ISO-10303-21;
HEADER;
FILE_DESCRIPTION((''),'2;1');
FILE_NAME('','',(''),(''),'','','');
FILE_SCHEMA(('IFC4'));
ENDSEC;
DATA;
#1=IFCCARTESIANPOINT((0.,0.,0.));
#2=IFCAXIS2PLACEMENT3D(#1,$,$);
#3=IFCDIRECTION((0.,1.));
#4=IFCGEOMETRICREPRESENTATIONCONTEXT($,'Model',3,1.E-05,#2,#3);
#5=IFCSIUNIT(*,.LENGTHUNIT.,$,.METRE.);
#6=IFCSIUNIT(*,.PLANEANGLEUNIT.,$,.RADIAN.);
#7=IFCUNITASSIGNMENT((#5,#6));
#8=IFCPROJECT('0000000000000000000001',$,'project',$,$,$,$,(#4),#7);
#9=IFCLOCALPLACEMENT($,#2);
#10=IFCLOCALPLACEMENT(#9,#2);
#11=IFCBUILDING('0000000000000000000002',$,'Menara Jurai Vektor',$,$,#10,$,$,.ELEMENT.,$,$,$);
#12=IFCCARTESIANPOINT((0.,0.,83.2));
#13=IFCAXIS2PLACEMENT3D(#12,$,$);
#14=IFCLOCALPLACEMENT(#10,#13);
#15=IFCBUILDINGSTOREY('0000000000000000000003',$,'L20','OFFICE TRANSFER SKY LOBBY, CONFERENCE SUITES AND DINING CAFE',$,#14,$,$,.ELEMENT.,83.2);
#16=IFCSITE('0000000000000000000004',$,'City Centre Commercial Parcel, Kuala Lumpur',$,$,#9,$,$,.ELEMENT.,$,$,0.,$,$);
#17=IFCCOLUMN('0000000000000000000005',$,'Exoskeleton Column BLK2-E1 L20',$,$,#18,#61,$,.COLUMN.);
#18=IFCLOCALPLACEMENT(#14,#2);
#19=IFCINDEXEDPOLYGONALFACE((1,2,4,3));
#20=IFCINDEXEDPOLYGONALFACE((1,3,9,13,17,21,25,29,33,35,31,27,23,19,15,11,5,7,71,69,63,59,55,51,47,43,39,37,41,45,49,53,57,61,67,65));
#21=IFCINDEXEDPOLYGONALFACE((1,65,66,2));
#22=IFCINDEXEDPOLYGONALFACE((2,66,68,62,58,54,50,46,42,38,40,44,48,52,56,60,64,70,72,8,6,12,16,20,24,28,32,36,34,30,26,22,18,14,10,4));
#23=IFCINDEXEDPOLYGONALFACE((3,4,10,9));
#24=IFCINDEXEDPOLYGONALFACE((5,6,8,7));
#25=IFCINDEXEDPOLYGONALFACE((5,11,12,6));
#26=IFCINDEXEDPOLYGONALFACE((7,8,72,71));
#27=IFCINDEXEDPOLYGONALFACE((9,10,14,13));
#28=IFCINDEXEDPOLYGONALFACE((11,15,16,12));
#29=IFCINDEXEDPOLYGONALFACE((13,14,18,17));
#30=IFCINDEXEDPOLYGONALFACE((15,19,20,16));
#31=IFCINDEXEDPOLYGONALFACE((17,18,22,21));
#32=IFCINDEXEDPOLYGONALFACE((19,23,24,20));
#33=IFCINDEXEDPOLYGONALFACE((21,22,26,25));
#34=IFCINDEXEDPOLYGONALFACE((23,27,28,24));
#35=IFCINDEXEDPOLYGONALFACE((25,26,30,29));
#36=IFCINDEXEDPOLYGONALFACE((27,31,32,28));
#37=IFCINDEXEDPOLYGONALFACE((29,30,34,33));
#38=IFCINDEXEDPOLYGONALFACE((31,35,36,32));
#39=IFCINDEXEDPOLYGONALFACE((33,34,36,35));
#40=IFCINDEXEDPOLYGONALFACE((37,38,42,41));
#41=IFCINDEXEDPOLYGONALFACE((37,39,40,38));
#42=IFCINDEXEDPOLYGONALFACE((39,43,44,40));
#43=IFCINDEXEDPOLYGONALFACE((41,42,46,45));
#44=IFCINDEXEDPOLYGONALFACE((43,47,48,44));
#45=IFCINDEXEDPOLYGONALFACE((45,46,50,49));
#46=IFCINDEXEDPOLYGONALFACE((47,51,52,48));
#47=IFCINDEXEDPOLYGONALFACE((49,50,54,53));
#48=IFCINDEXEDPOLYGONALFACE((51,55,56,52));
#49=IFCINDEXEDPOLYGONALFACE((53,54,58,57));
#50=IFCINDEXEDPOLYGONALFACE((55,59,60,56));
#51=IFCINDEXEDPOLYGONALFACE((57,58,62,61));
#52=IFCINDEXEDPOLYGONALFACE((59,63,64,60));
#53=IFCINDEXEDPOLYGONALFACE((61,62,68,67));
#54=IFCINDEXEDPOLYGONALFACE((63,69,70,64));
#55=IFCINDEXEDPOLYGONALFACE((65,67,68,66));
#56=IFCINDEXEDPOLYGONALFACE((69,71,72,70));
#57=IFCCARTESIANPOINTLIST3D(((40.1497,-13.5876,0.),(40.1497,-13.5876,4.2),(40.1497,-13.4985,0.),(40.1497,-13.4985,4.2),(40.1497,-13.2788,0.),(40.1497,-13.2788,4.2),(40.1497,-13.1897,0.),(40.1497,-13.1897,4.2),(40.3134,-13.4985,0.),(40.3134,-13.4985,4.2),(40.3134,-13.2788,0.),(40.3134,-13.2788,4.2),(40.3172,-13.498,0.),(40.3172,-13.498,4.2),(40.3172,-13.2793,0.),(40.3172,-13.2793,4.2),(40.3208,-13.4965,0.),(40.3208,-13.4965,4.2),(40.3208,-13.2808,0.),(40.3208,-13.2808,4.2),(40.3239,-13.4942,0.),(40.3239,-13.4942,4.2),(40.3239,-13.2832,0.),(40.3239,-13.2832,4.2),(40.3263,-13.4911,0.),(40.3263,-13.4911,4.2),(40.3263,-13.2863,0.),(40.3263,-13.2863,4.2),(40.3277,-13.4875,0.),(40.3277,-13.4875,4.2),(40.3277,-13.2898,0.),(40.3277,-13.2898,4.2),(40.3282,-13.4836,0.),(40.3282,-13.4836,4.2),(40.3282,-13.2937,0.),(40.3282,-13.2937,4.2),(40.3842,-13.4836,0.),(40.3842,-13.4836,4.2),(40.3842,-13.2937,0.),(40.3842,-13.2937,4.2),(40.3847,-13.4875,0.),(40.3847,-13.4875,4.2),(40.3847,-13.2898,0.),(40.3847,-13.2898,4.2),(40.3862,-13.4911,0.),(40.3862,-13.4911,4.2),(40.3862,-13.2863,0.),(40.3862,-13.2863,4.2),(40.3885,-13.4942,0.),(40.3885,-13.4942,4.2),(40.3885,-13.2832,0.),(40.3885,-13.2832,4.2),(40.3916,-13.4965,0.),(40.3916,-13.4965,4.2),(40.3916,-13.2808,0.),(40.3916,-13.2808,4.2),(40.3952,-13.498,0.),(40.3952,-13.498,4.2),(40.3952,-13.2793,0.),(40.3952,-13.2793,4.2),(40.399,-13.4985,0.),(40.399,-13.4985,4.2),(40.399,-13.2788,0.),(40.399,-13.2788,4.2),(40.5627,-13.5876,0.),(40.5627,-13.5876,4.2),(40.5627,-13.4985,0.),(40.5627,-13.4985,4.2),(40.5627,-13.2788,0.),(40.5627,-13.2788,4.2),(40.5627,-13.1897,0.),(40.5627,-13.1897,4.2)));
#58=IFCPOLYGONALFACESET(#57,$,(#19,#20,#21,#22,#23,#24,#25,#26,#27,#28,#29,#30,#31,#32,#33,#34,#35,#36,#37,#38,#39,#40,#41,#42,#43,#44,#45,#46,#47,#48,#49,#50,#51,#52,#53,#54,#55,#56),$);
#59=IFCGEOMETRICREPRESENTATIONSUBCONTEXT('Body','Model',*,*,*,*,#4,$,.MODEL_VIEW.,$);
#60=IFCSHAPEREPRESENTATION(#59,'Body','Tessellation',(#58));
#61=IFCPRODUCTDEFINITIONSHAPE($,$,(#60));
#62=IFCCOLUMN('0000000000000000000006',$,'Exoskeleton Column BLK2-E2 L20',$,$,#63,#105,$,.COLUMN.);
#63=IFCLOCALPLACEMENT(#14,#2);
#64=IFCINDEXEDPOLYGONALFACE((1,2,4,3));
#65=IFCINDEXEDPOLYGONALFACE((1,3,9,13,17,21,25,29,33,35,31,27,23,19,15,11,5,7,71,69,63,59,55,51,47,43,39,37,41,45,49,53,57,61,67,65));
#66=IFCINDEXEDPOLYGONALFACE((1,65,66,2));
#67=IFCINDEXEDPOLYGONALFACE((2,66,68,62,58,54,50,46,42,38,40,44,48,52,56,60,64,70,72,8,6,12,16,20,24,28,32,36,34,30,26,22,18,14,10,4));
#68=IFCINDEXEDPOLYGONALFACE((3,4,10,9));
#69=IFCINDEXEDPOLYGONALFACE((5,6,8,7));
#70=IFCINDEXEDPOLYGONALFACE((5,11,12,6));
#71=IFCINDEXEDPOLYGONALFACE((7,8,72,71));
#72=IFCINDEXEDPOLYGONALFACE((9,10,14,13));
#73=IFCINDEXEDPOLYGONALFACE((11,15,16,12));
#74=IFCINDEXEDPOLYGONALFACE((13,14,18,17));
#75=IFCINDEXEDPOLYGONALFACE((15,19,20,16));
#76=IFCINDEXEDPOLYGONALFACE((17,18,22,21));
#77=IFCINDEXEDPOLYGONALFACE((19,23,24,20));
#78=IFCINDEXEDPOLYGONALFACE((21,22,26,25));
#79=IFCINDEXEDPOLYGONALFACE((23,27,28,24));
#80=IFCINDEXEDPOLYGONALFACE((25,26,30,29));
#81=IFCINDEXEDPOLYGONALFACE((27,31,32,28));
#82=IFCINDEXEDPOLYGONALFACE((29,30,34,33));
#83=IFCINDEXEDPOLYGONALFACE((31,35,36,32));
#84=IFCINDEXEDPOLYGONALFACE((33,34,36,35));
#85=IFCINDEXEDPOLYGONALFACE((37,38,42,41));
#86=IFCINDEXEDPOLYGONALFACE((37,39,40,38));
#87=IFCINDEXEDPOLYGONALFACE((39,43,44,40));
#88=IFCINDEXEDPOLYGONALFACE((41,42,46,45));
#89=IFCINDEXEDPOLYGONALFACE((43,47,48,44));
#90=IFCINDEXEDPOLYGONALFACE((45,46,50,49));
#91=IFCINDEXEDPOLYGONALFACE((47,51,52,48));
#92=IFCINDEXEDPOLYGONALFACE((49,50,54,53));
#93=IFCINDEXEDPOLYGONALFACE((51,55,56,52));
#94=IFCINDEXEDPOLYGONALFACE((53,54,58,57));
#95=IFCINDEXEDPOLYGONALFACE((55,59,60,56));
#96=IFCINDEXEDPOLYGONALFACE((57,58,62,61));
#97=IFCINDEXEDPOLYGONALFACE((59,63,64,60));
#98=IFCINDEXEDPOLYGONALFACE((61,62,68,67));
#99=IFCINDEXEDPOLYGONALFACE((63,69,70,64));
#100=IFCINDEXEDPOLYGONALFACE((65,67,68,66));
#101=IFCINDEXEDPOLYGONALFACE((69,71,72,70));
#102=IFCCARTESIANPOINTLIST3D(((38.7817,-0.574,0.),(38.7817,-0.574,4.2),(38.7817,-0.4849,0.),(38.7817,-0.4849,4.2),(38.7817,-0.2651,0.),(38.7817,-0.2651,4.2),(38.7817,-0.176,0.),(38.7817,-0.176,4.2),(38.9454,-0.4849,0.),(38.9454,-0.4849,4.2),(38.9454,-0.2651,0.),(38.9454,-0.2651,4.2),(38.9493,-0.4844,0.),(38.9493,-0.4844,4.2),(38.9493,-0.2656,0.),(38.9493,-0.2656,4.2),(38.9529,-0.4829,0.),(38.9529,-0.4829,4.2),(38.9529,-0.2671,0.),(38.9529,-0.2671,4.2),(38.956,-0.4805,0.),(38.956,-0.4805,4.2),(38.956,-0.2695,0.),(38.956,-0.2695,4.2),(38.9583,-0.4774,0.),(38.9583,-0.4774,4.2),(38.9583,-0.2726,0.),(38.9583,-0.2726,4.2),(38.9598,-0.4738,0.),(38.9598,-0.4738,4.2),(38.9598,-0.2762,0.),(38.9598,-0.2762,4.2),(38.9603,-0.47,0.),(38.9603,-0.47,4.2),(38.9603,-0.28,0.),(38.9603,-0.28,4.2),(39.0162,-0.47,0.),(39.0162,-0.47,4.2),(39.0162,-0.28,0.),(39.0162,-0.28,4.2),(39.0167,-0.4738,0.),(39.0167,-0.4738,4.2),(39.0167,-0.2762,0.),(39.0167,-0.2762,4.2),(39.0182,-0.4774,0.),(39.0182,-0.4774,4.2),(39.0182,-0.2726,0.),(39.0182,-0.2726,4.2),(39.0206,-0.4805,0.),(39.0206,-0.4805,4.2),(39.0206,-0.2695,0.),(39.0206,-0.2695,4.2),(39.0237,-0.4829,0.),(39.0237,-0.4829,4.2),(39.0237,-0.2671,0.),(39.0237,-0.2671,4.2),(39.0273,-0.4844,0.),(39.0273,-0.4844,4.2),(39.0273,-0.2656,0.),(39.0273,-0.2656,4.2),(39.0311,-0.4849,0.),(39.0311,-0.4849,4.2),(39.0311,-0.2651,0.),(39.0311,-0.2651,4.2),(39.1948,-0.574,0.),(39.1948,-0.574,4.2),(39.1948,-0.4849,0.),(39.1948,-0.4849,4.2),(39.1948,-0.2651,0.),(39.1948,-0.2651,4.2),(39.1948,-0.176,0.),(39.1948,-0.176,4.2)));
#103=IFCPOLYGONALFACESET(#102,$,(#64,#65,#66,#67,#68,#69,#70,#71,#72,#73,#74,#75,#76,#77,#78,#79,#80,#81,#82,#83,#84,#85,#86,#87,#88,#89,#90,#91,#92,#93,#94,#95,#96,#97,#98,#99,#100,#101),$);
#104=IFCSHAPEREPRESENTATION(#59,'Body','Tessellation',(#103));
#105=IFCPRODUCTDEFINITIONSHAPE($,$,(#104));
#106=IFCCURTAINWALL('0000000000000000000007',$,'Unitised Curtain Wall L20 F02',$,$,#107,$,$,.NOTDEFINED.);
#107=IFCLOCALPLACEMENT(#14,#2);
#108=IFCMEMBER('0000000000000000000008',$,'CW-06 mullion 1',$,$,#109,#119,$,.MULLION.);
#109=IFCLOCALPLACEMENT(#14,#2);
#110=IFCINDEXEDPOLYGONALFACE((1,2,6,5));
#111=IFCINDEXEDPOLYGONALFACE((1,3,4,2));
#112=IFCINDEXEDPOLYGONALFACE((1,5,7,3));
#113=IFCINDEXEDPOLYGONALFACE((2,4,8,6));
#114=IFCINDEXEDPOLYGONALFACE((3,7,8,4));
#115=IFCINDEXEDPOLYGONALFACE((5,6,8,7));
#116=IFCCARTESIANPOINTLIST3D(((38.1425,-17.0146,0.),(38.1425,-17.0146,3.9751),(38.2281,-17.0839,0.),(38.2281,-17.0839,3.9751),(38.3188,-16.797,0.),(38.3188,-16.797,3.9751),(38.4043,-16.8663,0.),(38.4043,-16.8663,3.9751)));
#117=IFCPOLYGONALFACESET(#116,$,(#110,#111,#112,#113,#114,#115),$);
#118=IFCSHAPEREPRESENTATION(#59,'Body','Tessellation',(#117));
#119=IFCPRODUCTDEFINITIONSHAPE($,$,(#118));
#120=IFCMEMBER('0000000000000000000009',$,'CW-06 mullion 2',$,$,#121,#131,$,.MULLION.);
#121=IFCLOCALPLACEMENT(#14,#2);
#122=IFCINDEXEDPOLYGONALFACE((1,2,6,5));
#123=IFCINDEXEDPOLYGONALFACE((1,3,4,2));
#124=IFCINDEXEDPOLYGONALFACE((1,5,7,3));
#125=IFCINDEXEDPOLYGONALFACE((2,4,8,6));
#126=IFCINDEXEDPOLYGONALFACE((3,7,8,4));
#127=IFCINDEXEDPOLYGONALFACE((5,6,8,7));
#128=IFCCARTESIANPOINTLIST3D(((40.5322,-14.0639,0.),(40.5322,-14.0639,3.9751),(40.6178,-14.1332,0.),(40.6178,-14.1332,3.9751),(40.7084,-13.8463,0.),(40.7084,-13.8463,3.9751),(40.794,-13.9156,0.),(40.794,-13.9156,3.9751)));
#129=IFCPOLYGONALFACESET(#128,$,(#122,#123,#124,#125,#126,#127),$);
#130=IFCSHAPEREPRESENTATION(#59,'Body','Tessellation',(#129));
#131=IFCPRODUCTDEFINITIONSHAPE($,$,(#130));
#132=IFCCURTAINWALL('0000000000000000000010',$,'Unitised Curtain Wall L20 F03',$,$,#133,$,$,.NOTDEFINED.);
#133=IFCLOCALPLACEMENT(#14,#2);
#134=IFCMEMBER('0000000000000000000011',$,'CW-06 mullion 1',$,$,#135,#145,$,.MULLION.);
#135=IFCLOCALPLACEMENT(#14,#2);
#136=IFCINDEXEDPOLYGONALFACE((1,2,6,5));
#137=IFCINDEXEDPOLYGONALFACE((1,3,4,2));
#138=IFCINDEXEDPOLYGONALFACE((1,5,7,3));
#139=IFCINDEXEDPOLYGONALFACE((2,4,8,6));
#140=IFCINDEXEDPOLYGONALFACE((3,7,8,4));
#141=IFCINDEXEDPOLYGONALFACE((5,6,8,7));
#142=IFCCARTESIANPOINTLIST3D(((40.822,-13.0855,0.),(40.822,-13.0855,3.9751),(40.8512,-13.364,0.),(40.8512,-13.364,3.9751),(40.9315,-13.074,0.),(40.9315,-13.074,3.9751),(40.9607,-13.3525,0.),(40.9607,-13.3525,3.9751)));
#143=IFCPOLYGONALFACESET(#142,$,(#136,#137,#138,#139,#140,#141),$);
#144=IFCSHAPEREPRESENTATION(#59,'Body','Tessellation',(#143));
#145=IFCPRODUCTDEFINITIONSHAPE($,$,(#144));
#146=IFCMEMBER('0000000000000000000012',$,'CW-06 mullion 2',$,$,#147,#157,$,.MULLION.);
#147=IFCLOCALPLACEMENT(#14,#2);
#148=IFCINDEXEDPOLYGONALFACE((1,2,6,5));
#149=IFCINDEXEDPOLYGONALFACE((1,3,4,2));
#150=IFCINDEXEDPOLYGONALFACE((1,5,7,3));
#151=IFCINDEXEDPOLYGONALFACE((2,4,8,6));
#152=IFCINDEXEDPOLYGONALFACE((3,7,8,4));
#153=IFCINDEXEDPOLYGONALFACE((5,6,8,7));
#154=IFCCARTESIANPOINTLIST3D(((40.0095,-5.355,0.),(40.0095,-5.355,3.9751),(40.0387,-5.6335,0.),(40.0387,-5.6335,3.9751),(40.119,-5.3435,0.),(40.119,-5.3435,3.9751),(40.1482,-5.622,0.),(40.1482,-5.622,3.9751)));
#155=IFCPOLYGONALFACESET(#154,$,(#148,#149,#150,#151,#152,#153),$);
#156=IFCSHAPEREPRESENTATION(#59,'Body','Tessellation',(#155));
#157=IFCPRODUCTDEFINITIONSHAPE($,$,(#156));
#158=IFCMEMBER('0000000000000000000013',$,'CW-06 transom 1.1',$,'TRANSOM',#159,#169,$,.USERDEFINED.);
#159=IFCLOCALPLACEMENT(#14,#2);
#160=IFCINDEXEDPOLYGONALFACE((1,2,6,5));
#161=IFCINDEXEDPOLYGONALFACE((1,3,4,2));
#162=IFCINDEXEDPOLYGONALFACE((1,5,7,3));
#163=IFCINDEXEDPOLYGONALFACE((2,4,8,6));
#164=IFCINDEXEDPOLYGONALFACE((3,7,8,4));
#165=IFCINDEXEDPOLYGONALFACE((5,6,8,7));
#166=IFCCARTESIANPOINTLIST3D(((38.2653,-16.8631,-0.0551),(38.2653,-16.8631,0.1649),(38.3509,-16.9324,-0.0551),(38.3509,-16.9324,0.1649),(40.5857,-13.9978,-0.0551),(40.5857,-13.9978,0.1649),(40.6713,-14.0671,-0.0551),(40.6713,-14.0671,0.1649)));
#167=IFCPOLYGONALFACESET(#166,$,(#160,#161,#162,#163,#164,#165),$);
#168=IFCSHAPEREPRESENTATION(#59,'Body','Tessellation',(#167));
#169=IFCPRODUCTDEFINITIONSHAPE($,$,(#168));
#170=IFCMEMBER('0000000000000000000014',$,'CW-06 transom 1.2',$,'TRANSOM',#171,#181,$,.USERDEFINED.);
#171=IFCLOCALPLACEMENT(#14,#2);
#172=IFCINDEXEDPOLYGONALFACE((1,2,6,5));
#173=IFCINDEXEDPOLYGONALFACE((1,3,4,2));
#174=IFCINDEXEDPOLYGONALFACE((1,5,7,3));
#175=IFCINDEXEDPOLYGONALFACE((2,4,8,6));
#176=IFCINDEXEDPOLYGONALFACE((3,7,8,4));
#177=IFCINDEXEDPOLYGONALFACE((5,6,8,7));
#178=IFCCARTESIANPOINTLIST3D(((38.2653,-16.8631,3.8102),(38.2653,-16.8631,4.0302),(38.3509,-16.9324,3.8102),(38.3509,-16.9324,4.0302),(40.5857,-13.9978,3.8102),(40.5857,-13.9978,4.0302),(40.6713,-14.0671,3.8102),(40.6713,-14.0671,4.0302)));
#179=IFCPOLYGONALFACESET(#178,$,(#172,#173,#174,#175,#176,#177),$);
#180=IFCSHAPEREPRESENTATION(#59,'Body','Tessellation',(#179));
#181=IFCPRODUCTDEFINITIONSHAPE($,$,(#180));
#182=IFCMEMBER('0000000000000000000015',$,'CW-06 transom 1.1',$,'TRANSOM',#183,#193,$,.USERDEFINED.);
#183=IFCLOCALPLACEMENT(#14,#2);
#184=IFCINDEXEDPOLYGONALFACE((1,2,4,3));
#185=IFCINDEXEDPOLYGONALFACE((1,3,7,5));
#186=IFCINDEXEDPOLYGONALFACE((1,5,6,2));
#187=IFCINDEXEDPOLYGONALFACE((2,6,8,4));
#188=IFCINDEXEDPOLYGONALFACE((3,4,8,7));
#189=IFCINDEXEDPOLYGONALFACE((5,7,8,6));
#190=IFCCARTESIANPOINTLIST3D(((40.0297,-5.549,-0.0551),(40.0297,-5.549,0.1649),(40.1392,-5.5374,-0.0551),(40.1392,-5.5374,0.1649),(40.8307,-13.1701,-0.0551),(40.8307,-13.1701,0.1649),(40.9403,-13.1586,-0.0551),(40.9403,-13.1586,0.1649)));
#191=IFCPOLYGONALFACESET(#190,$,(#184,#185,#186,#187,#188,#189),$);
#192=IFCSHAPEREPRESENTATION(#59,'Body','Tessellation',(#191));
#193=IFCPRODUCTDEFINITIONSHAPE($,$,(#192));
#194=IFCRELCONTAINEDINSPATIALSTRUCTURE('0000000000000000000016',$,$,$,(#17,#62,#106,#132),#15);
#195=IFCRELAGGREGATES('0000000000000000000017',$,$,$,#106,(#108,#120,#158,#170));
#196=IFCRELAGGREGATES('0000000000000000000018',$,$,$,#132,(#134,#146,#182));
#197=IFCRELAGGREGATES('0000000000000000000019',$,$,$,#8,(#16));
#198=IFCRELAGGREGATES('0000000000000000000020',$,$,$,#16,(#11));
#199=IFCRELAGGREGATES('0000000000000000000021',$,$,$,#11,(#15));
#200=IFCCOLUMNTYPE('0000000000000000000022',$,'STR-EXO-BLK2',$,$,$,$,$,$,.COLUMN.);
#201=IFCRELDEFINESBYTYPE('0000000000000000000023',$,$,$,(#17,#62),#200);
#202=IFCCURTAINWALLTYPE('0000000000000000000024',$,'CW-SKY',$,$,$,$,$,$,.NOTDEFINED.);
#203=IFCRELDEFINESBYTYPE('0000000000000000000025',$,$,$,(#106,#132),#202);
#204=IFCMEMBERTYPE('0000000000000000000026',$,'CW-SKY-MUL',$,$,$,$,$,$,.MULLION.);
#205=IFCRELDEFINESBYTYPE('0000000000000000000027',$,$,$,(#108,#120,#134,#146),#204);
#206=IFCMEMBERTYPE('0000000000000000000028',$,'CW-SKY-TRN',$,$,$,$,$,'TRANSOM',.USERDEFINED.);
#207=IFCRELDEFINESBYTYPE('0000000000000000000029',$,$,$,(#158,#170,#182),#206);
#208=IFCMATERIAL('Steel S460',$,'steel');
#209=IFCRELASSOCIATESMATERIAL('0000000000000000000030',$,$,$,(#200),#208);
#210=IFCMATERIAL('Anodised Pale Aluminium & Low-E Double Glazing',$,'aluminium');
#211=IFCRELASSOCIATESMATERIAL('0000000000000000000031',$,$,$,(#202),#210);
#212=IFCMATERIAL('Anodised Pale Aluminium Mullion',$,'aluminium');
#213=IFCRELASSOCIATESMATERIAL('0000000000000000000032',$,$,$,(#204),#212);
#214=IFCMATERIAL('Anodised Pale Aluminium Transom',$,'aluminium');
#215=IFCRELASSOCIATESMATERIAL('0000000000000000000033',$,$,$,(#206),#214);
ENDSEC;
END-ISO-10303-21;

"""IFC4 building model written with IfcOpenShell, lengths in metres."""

from ifc_helpers import new_model, si_unit, direction, frame, origin, origin_2d, place, context, subcontext, project, spatial, rectangle, i_section, extrude, material, material_profile, profile_set, type_object, element, aggregate, save


model = new_model("IFC4")

# Units and contexts
model_context = context("Model", 3, precision=1e-05, world=origin(), true_north=direction((0.0, 1.0)))
body_context = subcontext(model_context, "Body", "Model", "MODEL_VIEW")
ifc_project = project(units=[si_unit("LENGTHUNIT", "METRE"), si_unit("PLANEANGLEUNIT", "RADIAN")], contexts=[model_context])

# Site, building, storey
site_placement = place(None, origin())
site = spatial("IfcSite", under=ifc_project, at=site_placement, Name="City Centre Commercial Parcel, Kuala Lumpur", CompositionType="ELEMENT", RefElevation=0.0)
building_placement = place(site_placement, origin())
building = spatial("IfcBuilding", under=site, at=building_placement, Name="Menara Jurai Vektor", CompositionType="ELEMENT")
storey_placement = place(building_placement, frame((0.0, 0.0, 83.2)))
storey = spatial("IfcBuildingStorey", under=building, at=storey_placement, Name="L20", Description="OFFICE TRANSFER SKY LOBBY, CONFERENCE SUITES AND DINING CAFE", CompositionType="ELEMENT", Elevation=83.2)

# Columns
ifc_material_1 = material(Name="Steel S460", Category="steel")
ifc_material_profile_1 = material_profile(ifc_material_1, i_section(OverallWidth=0.4131, OverallDepth=0.3979, WebThickness=0.0559, FlangeThickness=0.0891, FilletRadius=0.0149, at=origin_2d()), Name="HD 400x744")
ifc_profile_set_1 = profile_set([ifc_material_profile_1], Name="Steel S460")
column_type = type_object("IfcColumnType", Name="STR-EXO-BLK2", PredefinedType="COLUMN", material=ifc_profile_set_1)
for number, where, z_axis, x_axis, name in (
    (1, (40.3562, -13.3887, 0.0), (0.0, 0.0, 1.0), (1.0, 0.0, 0.0), "Exoskeleton Column BLK2-E1 L20"),
    (2, (38.9883, -0.375, 0.0), (0.0, 0.0, 1.0), (1.0, 0.0, 0.0), "Exoskeleton Column BLK2-E2 L20"),
):
    element("IfcColumn", number, at=place(storey_placement, frame(where, z_axis=z_axis, x_axis=x_axis)), inside=storey, type_object=column_type, Name=name, PredefinedType="COLUMN", context=body_context, shape_type="SweptSolid", body=[
        extrude(i_section(OverallWidth=0.4131, OverallDepth=0.3979, WebThickness=0.0559, FlangeThickness=0.0891, FilletRadius=0.0149, at=origin_2d()), origin(), (0.0, 0.0, 1.0), 4.2),
    ])

# Curtain walls, members
ifc_material_2 = material(Name="Anodised Pale Aluminium & Low-E Double Glazing", Category="aluminium")
curtain_wall_type = type_object("IfcCurtainWallType", Name="CW-SKY", PredefinedType="NOTDEFINED", material=ifc_material_2)
curtain_wall_1_placement = place(storey_placement, origin())
curtain_wall_1 = element("IfcCurtainWall", 3, at=curtain_wall_1_placement, inside=storey, type_object=curtain_wall_type, Name="Unitised Curtain Wall L20 F02", PredefinedType="NOTDEFINED")
ifc_material_3 = material(Name="Anodised Pale Aluminium Mullion", Category="aluminium")
ifc_material_profile_2 = material_profile(ifc_material_3, rectangle(XDim=0.1101, YDim=0.28, at=origin_2d()), Name="ALU MUL 110x280")
ifc_profile_set_2 = profile_set([ifc_material_profile_2], Name="Anodised Pale Aluminium Mullion")
member_type_1 = type_object("IfcMemberType", Name="CW-SKY-MUL", PredefinedType="MULLION", material=ifc_profile_set_2)
member_1_placement = place(storey_placement, frame((38.2734, -16.9404, 0.0), z_axis=(0.0, 0.0, 1.0), x_axis=(-0.777129, 0.629341, 0.0)))
member_1 = element("IfcMember", 4, at=member_1_placement, type_object=member_type_1, Name="CW-06 mullion 1", PredefinedType="MULLION", context=body_context, shape_type="SweptSolid", body=[
    extrude(rectangle(XDim=0.1101, YDim=0.28, at=origin_2d()), origin(), (0.0, 0.0, 1.0), 3.9751),
])
member_2_placement = place(storey_placement, frame((40.6631, -13.9897, 0.0), z_axis=(0.0, 0.0, 1.0), x_axis=(-0.777129, 0.629341, 0.0)))
member_2 = element("IfcMember", 5, at=member_2_placement, type_object=member_type_1, Name="CW-06 mullion 2", PredefinedType="MULLION", context=body_context, shape_type="SweptSolid", body=[
    extrude(rectangle(XDim=0.1101, YDim=0.28, at=origin_2d()), origin(), (0.0, 0.0, 1.0), 3.9751),
])
curtain_wall_2_placement = place(storey_placement, origin())
curtain_wall_2 = element("IfcCurtainWall", 6, at=curtain_wall_2_placement, inside=storey, type_object=curtain_wall_type, Name="Unitised Curtain Wall L20 F03", PredefinedType="NOTDEFINED")
member_3_placement = place(storey_placement, frame((40.8914, -13.219, 0.0), z_axis=(0.0, 0.0, 1.0), x_axis=(-0.994522, -0.10453, 0.0)))
member_3 = element("IfcMember", 7, at=member_3_placement, type_object=member_type_1, Name="CW-06 mullion 1", PredefinedType="MULLION", context=body_context, shape_type="SweptSolid", body=[
    extrude(rectangle(XDim=0.1101, YDim=0.28, at=origin_2d()), origin(), (0.0, 0.0, 1.0), 3.9751),
])
member_4_placement = place(storey_placement, frame((40.0789, -5.4885, 0.0), z_axis=(0.0, 0.0, 1.0), x_axis=(-0.994522, -0.10453, 0.0)))
member_4 = element("IfcMember", 8, at=member_4_placement, type_object=member_type_1, Name="CW-06 mullion 2", PredefinedType="MULLION", context=body_context, shape_type="SweptSolid", body=[
    extrude(rectangle(XDim=0.1101, YDim=0.28, at=origin_2d()), origin(), (0.0, 0.0, 1.0), 3.9751),
])

# Members
ifc_material_4 = material(Name="Anodised Pale Aluminium Transom", Category="aluminium")
ifc_material_profile_3 = material_profile(ifc_material_4, rectangle(XDim=0.1101, YDim=0.22, at=origin_2d()), Name="ALU TRN 110x220")
ifc_profile_set_3 = profile_set([ifc_material_profile_3], Name="Anodised Pale Aluminium Transom")
member_type_2 = type_object("IfcMemberType", Name="CW-SKY-TRN", ElementType="TRANSOM", PredefinedType="USERDEFINED", material=ifc_profile_set_3)
member_5_placement = place(storey_placement, frame((38.3081, -16.8977, 0.0549), z_axis=(0.629335, 0.777134, 0.0), x_axis=(-0.777134, 0.629335, 0.0)))
member_5 = element("IfcMember", 9, at=member_5_placement, type_object=member_type_2, Name="CW-06 transom 1.1", ObjectType="TRANSOM", PredefinedType="USERDEFINED", context=body_context, shape_type="SweptSolid", body=[
    extrude(rectangle(XDim=0.1101, YDim=0.22, at=origin_2d()), origin(), (0.0, 0.0, 1.0), 3.687),
])
member_6_placement = place(storey_placement, frame((38.3081, -16.8977, 3.9202), z_axis=(0.629335, 0.777134, 0.0), x_axis=(-0.777134, 0.629335, 0.0)))
member_6 = element("IfcMember", 10, at=member_6_placement, type_object=member_type_2, Name="CW-06 transom 1.2", ObjectType="TRANSOM", PredefinedType="USERDEFINED", context=body_context, shape_type="SweptSolid", body=[
    extrude(rectangle(XDim=0.1101, YDim=0.22, at=origin_2d()), origin(), (0.0, 0.0, 1.0), 3.687),
])
member_7_placement = place(storey_placement, frame((40.8855, -13.1643, 0.0549), z_axis=(-0.104531, 0.994522, 0.0), x_axis=(-0.994522, -0.104531, 0.0)))
member_7 = element("IfcMember", 11, at=member_7_placement, type_object=member_type_2, Name="CW-06 transom 1.1", ObjectType="TRANSOM", PredefinedType="USERDEFINED", context=body_context, shape_type="SweptSolid", body=[
    extrude(rectangle(XDim=0.1101, YDim=0.22, at=origin_2d()), origin(), (0.0, 0.0, 1.0), 7.6631),
])

aggregate(curtain_wall_1, [member_1, member_2, member_5, member_6])
aggregate(curtain_wall_2, [member_3, member_4, member_7])

save(model, "model.ifc")
